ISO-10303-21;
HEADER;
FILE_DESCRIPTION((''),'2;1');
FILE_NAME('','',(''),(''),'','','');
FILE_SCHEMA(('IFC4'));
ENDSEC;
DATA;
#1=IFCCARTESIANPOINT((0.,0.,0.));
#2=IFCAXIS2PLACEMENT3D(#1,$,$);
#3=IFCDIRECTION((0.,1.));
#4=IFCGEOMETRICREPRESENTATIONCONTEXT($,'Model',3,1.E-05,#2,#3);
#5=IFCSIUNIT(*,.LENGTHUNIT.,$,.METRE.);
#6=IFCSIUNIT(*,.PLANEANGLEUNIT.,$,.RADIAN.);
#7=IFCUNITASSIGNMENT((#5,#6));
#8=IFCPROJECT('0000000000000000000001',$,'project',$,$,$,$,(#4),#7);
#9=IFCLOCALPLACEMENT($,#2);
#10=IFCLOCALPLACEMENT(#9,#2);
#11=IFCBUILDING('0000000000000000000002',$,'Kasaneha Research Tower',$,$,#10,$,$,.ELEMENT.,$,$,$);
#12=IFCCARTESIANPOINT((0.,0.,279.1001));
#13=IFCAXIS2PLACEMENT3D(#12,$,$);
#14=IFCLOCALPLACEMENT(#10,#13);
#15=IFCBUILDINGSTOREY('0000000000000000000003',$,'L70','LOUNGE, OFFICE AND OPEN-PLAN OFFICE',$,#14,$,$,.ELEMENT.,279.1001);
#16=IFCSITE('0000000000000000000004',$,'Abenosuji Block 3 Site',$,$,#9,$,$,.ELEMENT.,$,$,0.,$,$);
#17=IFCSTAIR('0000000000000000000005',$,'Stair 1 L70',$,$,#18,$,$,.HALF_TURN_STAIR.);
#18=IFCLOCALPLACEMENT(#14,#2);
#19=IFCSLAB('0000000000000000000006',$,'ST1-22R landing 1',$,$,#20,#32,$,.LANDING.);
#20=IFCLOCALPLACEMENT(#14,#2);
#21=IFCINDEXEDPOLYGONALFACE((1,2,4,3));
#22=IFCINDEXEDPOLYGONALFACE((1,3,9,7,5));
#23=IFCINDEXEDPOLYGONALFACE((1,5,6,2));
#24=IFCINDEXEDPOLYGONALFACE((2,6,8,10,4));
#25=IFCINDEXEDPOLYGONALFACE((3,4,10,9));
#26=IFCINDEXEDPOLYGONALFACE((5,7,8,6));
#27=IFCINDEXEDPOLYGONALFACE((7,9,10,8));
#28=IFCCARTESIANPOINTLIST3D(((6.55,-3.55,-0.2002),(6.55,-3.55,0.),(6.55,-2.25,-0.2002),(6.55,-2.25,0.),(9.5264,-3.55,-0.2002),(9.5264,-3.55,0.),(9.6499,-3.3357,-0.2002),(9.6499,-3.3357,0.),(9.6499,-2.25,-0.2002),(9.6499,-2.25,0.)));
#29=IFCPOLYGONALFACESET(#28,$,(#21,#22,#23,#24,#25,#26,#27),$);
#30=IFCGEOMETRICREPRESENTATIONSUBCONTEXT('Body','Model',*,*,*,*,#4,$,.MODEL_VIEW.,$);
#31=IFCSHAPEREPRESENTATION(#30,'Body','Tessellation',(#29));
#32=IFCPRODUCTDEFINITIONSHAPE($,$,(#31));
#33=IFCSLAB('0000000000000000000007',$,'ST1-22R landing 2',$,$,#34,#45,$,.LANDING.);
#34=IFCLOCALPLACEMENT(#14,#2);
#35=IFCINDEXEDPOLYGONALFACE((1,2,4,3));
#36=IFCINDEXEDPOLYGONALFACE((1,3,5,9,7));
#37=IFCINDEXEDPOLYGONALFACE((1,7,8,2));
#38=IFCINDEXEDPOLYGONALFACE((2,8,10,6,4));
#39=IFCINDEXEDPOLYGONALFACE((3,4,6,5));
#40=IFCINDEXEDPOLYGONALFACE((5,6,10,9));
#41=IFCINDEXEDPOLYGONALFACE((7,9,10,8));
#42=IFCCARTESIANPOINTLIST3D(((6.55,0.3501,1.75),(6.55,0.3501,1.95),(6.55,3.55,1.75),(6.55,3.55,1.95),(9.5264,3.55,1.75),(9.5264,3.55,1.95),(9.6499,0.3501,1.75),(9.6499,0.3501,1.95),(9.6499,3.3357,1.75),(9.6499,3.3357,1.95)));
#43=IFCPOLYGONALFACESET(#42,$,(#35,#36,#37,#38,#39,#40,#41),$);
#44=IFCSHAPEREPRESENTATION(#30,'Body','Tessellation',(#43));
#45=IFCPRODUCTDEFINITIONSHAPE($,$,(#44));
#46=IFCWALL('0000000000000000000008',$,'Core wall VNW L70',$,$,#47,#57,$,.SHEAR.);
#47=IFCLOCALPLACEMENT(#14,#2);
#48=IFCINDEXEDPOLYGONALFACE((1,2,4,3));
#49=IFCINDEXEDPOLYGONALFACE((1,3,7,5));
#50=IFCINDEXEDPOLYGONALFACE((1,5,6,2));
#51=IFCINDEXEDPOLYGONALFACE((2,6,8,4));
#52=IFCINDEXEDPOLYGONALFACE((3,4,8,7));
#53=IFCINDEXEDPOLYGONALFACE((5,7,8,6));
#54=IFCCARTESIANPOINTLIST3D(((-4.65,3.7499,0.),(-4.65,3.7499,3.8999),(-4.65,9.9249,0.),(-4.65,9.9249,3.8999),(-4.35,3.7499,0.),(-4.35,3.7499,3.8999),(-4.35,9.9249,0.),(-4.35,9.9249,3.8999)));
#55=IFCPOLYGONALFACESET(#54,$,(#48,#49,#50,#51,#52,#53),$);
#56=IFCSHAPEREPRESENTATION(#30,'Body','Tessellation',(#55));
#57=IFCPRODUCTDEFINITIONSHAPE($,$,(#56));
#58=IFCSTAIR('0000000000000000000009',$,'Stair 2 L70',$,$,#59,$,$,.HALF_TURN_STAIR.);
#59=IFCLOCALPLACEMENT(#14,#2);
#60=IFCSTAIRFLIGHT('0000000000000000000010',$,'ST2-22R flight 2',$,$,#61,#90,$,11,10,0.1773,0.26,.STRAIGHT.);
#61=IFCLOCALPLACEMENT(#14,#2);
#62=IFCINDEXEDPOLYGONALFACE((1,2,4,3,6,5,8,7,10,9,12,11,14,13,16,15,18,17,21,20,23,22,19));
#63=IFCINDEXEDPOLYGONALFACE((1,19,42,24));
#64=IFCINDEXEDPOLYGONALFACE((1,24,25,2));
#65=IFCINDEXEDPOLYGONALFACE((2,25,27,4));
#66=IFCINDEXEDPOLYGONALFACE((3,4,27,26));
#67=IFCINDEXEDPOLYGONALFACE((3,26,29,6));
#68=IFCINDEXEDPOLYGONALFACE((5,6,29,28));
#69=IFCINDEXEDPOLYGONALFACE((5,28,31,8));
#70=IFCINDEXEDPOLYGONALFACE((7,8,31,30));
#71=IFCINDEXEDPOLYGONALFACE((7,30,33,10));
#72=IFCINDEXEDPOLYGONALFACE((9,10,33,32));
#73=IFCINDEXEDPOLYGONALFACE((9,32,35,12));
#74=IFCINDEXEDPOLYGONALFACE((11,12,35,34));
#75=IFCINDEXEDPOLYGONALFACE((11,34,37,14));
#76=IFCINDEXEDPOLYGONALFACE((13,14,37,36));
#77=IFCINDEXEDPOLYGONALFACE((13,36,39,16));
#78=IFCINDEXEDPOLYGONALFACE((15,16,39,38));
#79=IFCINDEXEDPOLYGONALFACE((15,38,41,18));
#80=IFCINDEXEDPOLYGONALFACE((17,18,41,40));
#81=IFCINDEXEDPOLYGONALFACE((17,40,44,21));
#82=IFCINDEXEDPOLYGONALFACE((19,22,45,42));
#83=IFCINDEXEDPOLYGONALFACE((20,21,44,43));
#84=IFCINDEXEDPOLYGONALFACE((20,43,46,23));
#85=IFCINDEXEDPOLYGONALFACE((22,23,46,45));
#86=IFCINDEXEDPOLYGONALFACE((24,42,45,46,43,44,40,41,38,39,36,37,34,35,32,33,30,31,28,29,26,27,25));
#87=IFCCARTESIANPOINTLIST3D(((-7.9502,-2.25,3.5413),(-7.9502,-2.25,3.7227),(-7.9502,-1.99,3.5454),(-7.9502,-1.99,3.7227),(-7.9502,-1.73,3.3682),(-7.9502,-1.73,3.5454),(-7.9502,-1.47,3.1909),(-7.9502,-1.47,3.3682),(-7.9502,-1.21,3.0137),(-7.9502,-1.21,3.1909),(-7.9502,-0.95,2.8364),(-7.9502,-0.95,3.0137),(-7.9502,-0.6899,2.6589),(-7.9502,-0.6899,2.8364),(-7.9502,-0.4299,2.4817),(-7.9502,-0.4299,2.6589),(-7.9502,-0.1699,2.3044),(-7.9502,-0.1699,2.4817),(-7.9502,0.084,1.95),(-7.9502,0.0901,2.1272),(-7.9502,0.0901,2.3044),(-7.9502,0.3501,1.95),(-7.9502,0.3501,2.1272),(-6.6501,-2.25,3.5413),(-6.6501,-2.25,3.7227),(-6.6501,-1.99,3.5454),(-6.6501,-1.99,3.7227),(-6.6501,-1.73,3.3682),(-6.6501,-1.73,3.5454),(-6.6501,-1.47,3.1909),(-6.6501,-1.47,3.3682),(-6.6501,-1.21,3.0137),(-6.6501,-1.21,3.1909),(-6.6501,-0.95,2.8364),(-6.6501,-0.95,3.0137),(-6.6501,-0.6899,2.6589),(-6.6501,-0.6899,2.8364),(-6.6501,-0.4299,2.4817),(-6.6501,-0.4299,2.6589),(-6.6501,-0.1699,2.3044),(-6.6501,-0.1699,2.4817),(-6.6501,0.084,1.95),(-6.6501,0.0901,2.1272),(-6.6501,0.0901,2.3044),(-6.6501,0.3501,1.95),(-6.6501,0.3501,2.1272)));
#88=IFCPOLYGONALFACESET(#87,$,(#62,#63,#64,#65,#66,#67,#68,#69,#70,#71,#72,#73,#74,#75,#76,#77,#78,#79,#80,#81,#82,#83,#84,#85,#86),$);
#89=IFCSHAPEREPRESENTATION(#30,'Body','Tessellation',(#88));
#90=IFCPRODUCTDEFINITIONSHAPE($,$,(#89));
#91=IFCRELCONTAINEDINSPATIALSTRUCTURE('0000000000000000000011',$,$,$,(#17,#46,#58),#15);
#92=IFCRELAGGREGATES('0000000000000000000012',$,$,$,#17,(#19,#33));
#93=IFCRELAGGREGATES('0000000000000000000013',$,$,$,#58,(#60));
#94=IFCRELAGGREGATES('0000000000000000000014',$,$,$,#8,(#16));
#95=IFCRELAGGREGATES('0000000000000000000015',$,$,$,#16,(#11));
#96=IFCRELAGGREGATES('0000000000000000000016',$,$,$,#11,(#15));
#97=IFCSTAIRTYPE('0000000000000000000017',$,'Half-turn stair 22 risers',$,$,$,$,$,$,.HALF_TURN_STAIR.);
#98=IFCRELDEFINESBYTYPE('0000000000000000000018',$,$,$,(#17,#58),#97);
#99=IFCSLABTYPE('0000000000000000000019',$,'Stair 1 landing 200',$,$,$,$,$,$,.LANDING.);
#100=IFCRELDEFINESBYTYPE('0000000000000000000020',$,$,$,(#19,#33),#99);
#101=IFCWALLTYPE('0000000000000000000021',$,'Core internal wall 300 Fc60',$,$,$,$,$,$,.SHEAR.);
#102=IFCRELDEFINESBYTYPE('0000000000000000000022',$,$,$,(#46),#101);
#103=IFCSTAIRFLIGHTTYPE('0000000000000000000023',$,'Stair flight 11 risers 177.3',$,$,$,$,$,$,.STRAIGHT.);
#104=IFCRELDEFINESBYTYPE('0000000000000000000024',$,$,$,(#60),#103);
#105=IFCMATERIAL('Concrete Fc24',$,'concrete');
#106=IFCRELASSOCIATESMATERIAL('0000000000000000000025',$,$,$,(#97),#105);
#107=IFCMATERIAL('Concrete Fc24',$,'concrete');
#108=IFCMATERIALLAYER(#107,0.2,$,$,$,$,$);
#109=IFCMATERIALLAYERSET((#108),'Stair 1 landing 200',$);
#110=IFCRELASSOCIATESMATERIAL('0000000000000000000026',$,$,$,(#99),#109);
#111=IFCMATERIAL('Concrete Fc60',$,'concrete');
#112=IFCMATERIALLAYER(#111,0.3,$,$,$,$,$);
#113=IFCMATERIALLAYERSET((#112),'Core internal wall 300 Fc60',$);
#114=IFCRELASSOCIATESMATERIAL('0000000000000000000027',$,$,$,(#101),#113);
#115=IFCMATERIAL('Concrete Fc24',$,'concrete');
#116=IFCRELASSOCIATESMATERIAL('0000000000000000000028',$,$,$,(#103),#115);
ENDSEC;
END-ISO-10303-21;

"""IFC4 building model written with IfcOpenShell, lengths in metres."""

from ifc_helpers import new_model, si_unit, direction, frame, frame_2d, origin, place, context, subcontext, project, spatial, polyline, rectangle, outline, extrude, material, layer, layer_set, type_object, element, aggregate, save


model = new_model("IFC4")

# Units and contexts
model_context = context("Model", 3, precision=1e-05, world=origin(), true_north=direction((0.0, 1.0)))
body_context = subcontext(model_context, "Body", "Model", "MODEL_VIEW")
ifc_project = project(units=[si_unit("LENGTHUNIT", "METRE"), si_unit("PLANEANGLEUNIT", "RADIAN")], contexts=[model_context])

# Site, building, storey
site_placement = place(None, origin())
site = spatial("IfcSite", under=ifc_project, at=site_placement, Name="Abenosuji Block 3 Site", CompositionType="ELEMENT", RefElevation=0.0)
building_placement = place(site_placement, origin())
building = spatial("IfcBuilding", under=site, at=building_placement, Name="Kasaneha Research Tower", CompositionType="ELEMENT")
storey_placement = place(building_placement, frame((0.0, 0.0, 279.1001)))
storey = spatial("IfcBuildingStorey", under=building, at=storey_placement, Name="L70", Description="LOUNGE, OFFICE AND OPEN-PLAN OFFICE", CompositionType="ELEMENT", Elevation=279.1001)

# Stair, slabs
ifc_material_1 = material(Name="Concrete Fc24", Category="concrete")
stair_type = type_object("IfcStairType", Name="Half-turn stair 22 risers", PredefinedType="HALF_TURN_STAIR", material=ifc_material_1)
stair_1_placement = place(storey_placement, origin())
stair_1 = element("IfcStair", 1, at=stair_1_placement, inside=storey, type_object=stair_type, Name="Stair 1 L70", PredefinedType="HALF_TURN_STAIR")
ifc_material_2 = material(Name="Concrete Fc24", Category="concrete")
ifc_layer_1 = layer(ifc_material_2, 0.2)
ifc_layer_set_1 = layer_set([ifc_layer_1], Name="Stair 1 landing 200")
slab_type = type_object("IfcSlabType", Name="Stair 1 landing 200", PredefinedType="LANDING", material=ifc_layer_set_1)
slab_1_placement = place(storey_placement, frame((0.0, 0.0, -0.2002)))
slab_1 = element("IfcSlab", 2, at=slab_1_placement, type_object=slab_type, Name="ST1-22R landing 1", PredefinedType="LANDING", context=body_context, shape_type="SweptSolid", body=[
    extrude(outline(polyline([(9.5264, -3.55), (6.55, -3.55), (6.55, -2.25), (9.6499, -2.25), (9.6499, -3.3357), (9.5264, -3.55)])), origin(), (0.0, 0.0, 1.0), 0.2002),
])
slab_2_placement = place(storey_placement, frame((0.0, 0.0, 1.75)))
slab_2 = element("IfcSlab", 3, at=slab_2_placement, type_object=slab_type, Name="ST1-22R landing 2", PredefinedType="LANDING", context=body_context, shape_type="SweptSolid", body=[
    extrude(outline(polyline([(6.55, 3.55), (9.5264, 3.55), (9.6499, 3.3357), (9.6499, 0.3501), (6.55, 0.3501), (6.55, 3.55)])), origin(), (0.0, 0.0, 1.0), 0.2),
])
aggregate(stair_1, [slab_1, slab_2])

# Wall
ifc_material_3 = material(Name="Concrete Fc60", Category="concrete")
ifc_layer_2 = layer(ifc_material_3, 0.3)
ifc_layer_set_2 = layer_set([ifc_layer_2], Name="Core internal wall 300 Fc60")
wall_type = type_object("IfcWallType", Name="Core internal wall 300 Fc60", PredefinedType="SHEAR", material=ifc_layer_set_2)
wall_placement = place(storey_placement, frame((-4.5, 3.75, 0.0), z_axis=(0.0, 0.0, 1.0), x_axis=(0.0, 1.0, 0.0)))
element("IfcWall", 4, at=wall_placement, inside=storey, type_object=wall_type, Name="Core wall VNW L70", PredefinedType="SHEAR", context=body_context, shape_type="SweptSolid", body=[
    extrude(rectangle(XDim=6.175, YDim=0.3, at=frame_2d((3.0874, 0.0))), origin(), (0.0, 0.0, 1.0), 3.8999),
])

# Stair, stair flight
stair_2_placement = place(storey_placement, origin())
stair_2 = element("IfcStair", 5, at=stair_2_placement, inside=storey, type_object=stair_type, Name="Stair 2 L70", PredefinedType="HALF_TURN_STAIR")
ifc_material_4 = material(Name="Concrete Fc24", Category="concrete")
stair_flight_type = type_object("IfcStairFlightType", Name="Stair flight 11 risers 177.3", PredefinedType="STRAIGHT", material=ifc_material_4)
stair_flight_placement = place(storey_placement, frame((-7.3, 0.3501, 1.95), z_axis=(0.0, 0.0, 1.0), x_axis=(0.0, -1.0, 0.0)))
stair_flight = element("IfcStairFlight", 6, at=stair_flight_placement, type_object=stair_flight_type, Name="ST2-22R flight 2", NumberOfRisers=11, NumberOfTreads=10, PredefinedType="STRAIGHT", RiserHeight=0.1773, TreadLength=0.26, context=body_context, shape_type="SweptSolid", body=[
    extrude(outline(polyline([(0.0, 0.0), (0.0, 0.1772), (0.26, 0.1772), (0.26, 0.3545), (0.52, 0.3545), (0.52, 0.5317), (0.78, 0.5317), (0.78, 0.709), (1.04, 0.709), (1.04, 0.8865), (1.3, 0.8865), (1.3, 1.0637), (1.5601, 1.0637), (1.5601, 1.241), (1.8201, 1.241), (1.8201, 1.4182), (2.0801, 1.4182), (2.0801, 1.5955), (2.3401, 1.5955), (2.3401, 1.7727), (2.6001, 1.7727), (2.6001, 1.95), (2.6001, 1.5913), (0.2661, 0.0), (0.0, 0.0)])), frame((0.0, 0.6499, 0.0), z_axis=(0.0, -1.0, 0.0), x_axis=(1.0, 0.0, 0.0)), (0.0, 0.0, 1.0), 1.3),
])
aggregate(stair_2, [stair_flight])

save(model, "model.ifc")
